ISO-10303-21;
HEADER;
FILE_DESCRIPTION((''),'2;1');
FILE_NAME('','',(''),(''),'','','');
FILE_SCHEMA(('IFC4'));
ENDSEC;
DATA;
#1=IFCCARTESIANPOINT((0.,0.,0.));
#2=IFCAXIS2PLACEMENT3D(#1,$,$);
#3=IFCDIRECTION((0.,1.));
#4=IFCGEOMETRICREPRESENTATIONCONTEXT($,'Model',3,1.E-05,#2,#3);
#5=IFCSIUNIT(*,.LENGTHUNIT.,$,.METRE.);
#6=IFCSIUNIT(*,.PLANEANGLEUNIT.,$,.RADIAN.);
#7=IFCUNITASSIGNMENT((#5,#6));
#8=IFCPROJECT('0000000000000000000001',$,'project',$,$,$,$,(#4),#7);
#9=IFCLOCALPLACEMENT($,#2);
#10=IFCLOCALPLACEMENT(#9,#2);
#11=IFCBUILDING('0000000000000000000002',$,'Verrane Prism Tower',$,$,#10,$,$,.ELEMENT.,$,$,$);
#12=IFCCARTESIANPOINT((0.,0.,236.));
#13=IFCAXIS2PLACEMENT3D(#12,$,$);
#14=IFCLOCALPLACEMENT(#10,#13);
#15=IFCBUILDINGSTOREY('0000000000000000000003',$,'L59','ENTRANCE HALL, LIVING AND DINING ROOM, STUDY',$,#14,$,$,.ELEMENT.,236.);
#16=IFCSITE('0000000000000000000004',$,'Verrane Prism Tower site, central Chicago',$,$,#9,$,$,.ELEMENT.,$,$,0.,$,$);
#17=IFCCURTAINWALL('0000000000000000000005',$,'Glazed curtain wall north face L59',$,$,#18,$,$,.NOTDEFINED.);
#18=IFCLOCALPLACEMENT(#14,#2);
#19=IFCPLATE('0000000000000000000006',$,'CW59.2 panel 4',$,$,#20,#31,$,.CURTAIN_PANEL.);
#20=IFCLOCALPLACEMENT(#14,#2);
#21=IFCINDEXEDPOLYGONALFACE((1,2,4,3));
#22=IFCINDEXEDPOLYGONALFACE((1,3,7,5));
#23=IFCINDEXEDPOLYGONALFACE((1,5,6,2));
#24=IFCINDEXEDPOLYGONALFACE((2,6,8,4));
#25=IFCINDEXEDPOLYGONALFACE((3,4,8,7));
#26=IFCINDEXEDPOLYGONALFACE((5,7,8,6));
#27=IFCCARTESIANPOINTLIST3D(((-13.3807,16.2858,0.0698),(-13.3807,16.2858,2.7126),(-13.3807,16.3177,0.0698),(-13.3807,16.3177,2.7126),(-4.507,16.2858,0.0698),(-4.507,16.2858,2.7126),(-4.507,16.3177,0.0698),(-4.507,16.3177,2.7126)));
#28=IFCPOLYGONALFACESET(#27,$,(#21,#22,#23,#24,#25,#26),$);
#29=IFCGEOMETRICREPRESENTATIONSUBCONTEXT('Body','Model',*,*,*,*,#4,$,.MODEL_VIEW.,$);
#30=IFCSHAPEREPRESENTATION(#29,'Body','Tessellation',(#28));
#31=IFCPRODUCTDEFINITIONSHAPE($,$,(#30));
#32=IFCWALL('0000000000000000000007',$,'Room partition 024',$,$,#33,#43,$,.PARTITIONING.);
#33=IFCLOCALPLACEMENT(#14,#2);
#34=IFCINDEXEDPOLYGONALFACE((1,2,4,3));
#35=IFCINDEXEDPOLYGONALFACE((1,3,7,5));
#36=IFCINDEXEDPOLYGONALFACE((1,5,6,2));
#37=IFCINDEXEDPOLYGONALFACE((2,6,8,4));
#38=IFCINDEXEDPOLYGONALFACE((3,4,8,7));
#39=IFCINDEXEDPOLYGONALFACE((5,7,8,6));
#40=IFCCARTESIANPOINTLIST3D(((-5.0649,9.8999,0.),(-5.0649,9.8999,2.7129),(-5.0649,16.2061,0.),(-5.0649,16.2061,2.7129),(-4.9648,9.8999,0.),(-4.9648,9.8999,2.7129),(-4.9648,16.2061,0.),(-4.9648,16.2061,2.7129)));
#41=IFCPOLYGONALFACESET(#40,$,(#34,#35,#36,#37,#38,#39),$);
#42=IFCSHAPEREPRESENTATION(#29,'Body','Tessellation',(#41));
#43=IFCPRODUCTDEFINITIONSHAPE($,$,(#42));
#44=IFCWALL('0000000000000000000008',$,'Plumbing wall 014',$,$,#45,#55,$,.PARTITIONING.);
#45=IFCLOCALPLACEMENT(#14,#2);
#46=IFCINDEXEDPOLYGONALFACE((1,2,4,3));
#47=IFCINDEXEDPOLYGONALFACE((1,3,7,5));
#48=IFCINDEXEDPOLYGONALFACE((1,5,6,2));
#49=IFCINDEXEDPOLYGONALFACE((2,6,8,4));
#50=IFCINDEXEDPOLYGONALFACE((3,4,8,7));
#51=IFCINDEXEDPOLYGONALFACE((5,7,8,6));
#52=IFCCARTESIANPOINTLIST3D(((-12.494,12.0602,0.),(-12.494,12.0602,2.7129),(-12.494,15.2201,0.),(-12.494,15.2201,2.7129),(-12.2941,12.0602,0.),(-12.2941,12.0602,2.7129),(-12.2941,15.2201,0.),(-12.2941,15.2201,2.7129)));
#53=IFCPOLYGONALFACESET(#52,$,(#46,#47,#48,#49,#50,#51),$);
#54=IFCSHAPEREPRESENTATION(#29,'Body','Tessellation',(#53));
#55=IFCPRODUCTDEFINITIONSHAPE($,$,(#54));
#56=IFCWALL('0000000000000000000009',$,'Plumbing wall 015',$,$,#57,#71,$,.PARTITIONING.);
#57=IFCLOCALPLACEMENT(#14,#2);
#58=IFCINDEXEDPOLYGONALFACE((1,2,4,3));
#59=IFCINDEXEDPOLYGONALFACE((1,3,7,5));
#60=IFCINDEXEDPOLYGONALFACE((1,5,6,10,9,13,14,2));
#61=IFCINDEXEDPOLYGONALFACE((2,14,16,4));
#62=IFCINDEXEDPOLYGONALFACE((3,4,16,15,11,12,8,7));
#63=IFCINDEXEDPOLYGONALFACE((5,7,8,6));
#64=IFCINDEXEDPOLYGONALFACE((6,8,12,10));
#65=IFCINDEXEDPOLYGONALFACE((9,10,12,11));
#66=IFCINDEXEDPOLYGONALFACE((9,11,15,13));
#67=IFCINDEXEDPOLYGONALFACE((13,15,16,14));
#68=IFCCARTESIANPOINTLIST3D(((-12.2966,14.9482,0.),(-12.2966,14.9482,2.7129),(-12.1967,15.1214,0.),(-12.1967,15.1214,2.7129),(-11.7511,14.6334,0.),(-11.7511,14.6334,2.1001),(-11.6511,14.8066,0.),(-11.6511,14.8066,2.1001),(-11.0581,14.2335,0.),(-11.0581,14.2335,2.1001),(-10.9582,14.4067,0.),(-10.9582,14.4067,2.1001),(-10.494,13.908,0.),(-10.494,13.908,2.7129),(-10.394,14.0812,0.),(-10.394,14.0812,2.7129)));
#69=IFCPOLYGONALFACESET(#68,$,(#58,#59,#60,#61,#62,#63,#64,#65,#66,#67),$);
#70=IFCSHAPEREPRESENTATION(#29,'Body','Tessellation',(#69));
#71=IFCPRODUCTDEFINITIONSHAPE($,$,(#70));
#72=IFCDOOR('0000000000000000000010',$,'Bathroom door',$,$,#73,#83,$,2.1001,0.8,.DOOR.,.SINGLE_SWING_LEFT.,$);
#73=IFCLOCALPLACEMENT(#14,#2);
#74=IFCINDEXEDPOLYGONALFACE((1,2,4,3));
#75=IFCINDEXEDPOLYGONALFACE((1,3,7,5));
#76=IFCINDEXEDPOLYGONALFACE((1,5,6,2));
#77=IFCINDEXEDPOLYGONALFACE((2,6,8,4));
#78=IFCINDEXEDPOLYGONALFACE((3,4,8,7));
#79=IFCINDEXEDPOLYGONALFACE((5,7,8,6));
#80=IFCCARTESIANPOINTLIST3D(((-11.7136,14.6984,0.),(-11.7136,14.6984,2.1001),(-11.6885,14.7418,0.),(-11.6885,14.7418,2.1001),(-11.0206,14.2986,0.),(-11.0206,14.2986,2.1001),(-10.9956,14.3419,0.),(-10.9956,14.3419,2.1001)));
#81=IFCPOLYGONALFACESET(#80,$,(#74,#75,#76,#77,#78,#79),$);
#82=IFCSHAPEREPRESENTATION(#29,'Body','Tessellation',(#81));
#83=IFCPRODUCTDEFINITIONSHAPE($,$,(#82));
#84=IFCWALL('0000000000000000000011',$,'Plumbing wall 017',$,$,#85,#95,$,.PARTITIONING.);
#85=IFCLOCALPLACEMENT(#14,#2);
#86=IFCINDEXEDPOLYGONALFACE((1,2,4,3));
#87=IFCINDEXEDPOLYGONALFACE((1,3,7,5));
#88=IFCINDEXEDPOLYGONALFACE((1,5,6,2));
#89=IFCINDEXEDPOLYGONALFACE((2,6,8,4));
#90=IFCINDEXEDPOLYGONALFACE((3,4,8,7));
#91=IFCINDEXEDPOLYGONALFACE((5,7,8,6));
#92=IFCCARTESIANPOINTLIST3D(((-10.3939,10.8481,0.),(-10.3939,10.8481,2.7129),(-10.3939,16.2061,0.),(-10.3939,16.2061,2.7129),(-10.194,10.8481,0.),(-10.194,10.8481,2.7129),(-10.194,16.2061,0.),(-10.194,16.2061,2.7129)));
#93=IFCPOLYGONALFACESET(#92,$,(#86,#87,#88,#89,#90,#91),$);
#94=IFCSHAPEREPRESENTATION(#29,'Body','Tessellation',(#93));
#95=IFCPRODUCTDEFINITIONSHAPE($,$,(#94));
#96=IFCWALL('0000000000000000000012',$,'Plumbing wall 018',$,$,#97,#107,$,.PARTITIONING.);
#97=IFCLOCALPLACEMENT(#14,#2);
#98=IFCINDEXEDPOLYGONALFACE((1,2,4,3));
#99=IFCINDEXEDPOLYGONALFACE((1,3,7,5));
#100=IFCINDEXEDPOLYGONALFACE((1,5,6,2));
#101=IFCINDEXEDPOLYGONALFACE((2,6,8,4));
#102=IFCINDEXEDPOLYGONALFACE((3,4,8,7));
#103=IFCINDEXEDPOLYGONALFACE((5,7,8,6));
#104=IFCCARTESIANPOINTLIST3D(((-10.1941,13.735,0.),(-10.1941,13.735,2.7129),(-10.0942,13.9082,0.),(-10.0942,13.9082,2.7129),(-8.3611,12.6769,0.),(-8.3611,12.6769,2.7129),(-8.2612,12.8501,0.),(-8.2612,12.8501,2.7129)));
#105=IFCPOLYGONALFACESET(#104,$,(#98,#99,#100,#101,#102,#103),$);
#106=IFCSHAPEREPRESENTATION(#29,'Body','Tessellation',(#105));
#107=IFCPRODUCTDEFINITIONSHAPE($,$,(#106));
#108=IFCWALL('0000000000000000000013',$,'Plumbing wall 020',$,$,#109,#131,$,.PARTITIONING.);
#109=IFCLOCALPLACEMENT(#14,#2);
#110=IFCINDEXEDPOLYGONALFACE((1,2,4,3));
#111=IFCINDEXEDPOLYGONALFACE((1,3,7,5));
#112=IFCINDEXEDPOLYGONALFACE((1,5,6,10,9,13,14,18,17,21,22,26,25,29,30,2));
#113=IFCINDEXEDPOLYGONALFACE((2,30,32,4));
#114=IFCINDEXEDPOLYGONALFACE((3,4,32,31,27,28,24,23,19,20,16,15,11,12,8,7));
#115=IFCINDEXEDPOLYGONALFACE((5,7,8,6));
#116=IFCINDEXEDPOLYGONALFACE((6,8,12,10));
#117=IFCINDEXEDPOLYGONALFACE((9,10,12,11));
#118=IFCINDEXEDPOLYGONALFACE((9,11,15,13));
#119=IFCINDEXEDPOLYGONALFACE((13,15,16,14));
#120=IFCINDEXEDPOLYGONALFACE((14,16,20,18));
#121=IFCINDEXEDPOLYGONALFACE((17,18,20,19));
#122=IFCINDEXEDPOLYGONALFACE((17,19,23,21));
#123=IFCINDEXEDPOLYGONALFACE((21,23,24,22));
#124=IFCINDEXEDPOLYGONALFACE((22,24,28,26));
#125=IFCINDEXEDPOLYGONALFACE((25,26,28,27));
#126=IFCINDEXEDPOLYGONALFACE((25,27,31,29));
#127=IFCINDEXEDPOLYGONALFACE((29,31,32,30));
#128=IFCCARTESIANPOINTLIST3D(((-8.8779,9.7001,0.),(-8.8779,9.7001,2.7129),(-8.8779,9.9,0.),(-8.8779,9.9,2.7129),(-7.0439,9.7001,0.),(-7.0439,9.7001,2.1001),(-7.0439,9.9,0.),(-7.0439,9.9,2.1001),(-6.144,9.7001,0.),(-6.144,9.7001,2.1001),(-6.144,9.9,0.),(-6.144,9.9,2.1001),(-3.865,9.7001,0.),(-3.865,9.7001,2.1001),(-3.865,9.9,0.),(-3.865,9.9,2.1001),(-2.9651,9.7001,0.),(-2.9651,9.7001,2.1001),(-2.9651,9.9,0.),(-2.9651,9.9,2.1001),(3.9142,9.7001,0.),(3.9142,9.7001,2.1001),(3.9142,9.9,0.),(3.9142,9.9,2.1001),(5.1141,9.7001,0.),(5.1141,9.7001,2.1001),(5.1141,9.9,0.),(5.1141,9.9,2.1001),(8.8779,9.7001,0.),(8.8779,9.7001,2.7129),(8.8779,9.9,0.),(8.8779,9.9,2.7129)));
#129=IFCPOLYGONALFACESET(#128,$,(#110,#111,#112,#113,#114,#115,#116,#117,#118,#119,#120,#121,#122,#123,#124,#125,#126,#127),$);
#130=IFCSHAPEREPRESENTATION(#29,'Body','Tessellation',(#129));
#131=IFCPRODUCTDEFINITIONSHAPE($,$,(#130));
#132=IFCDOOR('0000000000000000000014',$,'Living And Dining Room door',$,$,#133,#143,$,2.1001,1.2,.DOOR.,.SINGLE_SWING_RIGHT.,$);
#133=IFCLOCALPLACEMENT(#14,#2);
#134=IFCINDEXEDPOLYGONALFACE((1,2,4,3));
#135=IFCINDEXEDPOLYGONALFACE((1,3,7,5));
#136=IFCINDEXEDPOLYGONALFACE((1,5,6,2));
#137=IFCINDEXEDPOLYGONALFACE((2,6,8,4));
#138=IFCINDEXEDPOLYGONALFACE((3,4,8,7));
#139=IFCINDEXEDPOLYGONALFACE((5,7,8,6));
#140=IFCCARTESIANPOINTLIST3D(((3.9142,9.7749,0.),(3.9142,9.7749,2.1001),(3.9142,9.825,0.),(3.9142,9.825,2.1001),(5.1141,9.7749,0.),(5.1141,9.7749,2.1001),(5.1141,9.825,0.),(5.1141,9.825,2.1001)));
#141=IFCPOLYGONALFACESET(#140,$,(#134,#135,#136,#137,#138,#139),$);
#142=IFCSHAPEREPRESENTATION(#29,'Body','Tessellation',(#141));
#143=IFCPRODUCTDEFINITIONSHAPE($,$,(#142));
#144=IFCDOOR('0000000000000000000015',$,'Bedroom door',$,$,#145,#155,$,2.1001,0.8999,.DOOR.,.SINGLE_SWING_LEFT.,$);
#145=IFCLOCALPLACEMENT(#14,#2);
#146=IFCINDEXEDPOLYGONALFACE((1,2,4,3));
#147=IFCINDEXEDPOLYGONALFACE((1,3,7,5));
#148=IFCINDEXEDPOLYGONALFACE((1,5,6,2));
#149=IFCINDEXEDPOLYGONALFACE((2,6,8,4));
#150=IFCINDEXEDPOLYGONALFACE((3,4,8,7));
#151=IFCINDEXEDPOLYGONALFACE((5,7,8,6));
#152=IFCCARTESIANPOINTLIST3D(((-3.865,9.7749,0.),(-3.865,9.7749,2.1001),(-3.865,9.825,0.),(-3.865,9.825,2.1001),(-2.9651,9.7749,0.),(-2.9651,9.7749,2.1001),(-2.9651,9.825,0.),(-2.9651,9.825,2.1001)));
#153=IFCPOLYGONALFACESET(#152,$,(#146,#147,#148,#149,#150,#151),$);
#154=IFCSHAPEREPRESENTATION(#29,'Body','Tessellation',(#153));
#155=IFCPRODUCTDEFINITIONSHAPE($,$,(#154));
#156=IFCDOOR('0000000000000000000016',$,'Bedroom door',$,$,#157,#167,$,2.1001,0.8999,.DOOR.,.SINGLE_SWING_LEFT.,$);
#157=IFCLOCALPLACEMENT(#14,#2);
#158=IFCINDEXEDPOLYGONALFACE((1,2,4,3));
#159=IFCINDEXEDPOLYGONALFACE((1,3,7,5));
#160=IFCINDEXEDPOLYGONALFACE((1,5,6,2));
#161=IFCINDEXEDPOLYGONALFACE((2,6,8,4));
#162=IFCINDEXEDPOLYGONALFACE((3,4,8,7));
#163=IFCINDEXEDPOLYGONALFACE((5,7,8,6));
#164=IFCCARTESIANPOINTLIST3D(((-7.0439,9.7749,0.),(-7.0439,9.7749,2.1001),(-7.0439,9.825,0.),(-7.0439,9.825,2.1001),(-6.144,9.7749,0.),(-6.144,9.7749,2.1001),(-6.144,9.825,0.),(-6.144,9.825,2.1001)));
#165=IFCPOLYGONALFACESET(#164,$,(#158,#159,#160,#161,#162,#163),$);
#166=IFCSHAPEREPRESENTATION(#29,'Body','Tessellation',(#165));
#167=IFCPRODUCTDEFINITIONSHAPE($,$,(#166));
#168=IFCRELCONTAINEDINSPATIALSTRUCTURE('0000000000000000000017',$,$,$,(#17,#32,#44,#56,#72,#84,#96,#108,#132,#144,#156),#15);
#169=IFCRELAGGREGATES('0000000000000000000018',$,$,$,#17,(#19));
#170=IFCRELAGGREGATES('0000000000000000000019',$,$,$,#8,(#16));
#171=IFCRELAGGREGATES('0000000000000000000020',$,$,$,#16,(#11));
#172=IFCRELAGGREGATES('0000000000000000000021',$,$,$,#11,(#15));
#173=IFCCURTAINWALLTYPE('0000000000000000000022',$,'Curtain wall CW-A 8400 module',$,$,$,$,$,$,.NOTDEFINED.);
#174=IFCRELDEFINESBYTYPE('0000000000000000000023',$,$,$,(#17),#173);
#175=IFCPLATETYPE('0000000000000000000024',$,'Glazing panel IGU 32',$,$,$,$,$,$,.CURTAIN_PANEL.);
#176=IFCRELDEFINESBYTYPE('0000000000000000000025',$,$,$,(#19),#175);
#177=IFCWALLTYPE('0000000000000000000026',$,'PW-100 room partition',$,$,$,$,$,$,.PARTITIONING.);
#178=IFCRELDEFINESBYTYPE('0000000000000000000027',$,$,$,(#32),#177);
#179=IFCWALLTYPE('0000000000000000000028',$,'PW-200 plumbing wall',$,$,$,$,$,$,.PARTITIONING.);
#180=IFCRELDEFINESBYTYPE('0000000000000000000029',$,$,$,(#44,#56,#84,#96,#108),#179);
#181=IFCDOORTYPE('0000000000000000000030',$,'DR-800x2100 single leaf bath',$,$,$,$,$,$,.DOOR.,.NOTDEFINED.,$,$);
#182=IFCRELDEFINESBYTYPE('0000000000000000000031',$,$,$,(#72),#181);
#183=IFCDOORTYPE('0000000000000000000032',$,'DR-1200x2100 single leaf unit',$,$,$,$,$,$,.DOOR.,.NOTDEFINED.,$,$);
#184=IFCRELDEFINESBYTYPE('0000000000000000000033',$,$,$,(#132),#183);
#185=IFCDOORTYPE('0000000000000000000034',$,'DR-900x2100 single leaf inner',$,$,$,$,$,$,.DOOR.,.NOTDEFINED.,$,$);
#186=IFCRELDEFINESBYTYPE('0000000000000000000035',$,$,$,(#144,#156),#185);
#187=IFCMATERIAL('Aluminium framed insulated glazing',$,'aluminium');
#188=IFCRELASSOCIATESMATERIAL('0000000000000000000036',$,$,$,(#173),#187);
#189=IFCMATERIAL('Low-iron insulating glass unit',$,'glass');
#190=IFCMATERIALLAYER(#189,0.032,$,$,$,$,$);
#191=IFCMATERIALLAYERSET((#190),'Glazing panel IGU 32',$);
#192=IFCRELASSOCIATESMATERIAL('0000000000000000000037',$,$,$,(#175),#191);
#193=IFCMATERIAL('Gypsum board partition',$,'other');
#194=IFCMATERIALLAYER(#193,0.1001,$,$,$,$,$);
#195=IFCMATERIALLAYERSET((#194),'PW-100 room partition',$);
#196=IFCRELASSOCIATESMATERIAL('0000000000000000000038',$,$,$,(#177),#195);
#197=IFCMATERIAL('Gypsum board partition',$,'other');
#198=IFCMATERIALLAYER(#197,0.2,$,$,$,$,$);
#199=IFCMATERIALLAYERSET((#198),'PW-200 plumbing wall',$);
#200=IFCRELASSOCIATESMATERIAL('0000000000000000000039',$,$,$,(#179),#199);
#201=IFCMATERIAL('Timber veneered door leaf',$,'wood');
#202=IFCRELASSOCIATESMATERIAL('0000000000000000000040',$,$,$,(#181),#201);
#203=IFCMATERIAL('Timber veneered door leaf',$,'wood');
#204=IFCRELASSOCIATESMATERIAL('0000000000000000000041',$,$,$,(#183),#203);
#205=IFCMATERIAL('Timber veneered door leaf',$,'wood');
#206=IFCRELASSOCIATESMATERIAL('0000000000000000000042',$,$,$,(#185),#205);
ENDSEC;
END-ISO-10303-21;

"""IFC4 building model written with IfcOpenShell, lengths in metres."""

from ifc_helpers import new_model, si_unit, direction, frame, frame_2d, origin, origin_2d, place, context, subcontext, project, spatial, rectangle, extrude, material, layer, layer_set, type_object, element, fill, aggregate, save


model = new_model("IFC4")

# Units and contexts
model_context = context("Model", 3, precision=1e-05, world=origin(), true_north=direction((0.0, 1.0)))
body_context = subcontext(model_context, "Body", "Model", "MODEL_VIEW")
ifc_project = project(units=[si_unit("LENGTHUNIT", "METRE"), si_unit("PLANEANGLEUNIT", "RADIAN")], contexts=[model_context])

# Site, building, storey
site_placement = place(None, origin())
site = spatial("IfcSite", under=ifc_project, at=site_placement, Name="Verrane Prism Tower site, central Chicago", CompositionType="ELEMENT", RefElevation=0.0)
building_placement = place(site_placement, origin())
building = spatial("IfcBuilding", under=site, at=building_placement, Name="Verrane Prism Tower", CompositionType="ELEMENT")
storey_placement = place(building_placement, frame((0.0, 0.0, 236.0)))
storey = spatial("IfcBuildingStorey", under=building, at=storey_placement, Name="L59", Description="ENTRANCE HALL, LIVING AND DINING ROOM, STUDY", CompositionType="ELEMENT", Elevation=236.0)

# Curtain wall
ifc_material_1 = material(Name="Aluminium framed insulated glazing", Category="aluminium")
curtain_wall_type = type_object("IfcCurtainWallType", Name="Curtain wall CW-A 8400 module", PredefinedType="NOTDEFINED", material=ifc_material_1)
curtain_wall_placement = place(storey_placement, origin())
curtain_wall = element("IfcCurtainWall", 1, at=curtain_wall_placement, inside=storey, type_object=curtain_wall_type, Name="Glazed curtain wall north face L59", PredefinedType="NOTDEFINED")

# Plate
ifc_material_2 = material(Name="Low-iron insulating glass unit", Category="glass")
ifc_layer_1 = layer(ifc_material_2, 0.032)
ifc_layer_set_1 = layer_set([ifc_layer_1], Name="Glazing panel IGU 32")
plate_type = type_object("IfcPlateType", Name="Glazing panel IGU 32", PredefinedType="CURTAIN_PANEL", material=ifc_layer_set_1)
plate_1_placement = place(storey_placement, frame((-8.9438, 16.3018, 0.0698), z_axis=(0.0, 0.0, 1.0), x_axis=(-1.0, 0.0, 0.0)))
plate_1 = element("IfcPlate", 2, at=plate_1_placement, type_object=plate_type, Name="CW59.2 panel 4", PredefinedType="CURTAIN_PANEL", context=body_context, shape_type="SweptSolid", body=[
    extrude(rectangle(XDim=8.8738, YDim=0.032, at=origin_2d()), origin(), (0.0, 0.0, 1.0), 2.6428),
])
aggregate(curtain_wall, [plate_1])

# Walls
ifc_material_3 = material(Name="Gypsum board partition", Category="other")
ifc_layer_2 = layer(ifc_material_3, 0.1001)
ifc_layer_set_2 = layer_set([ifc_layer_2], Name="PW-100 room partition")
wall_type_1 = type_object("IfcWallType", Name="PW-100 room partition", PredefinedType="PARTITIONING", material=ifc_layer_set_2)
wall_1_placement = place(storey_placement, frame((-5.0149, 9.8999, 0.0), z_axis=(0.0, 0.0, 1.0), x_axis=(0.0, 1.0, 0.0)))
element("IfcWall", 3, at=wall_1_placement, inside=storey, type_object=wall_type_1, Name="Room partition 024", PredefinedType="PARTITIONING", context=body_context, shape_type="SweptSolid", body=[
    extrude(rectangle(XDim=6.3062, YDim=0.1001, at=frame_2d((3.1531, 0.0))), origin(), (0.0, 0.0, 1.0), 2.7129),
])
ifc_material_4 = material(Name="Gypsum board partition", Category="other")
ifc_layer_3 = layer(ifc_material_4, 0.2)
ifc_layer_set_3 = layer_set([ifc_layer_3], Name="PW-200 plumbing wall")
wall_type_2 = type_object("IfcWallType", Name="PW-200 plumbing wall", PredefinedType="PARTITIONING", material=ifc_layer_set_3)
wall_2_placement = place(storey_placement, frame((-12.394, 12.0601, 0.0), z_axis=(0.0, 0.0, 1.0), x_axis=(0.0, 1.0, 0.0)))
element("IfcWall", 4, at=wall_2_placement, inside=storey, type_object=wall_type_2, Name="Plumbing wall 014", PredefinedType="PARTITIONING", context=body_context, shape_type="SweptSolid", body=[
    extrude(rectangle(XDim=3.1599, YDim=0.2, at=frame_2d((1.5801, 0.0))), origin(), (0.0, 0.0, 1.0), 2.7129),
])

# Wall, opening, door
wall_3_placement = place(storey_placement, frame((-10.4441, 13.9946, 0.0), z_axis=(0.0, 0.0, 1.0), x_axis=(-0.866135, 0.49981, 0.0)))
wall_3 = element("IfcWall", 5, at=wall_3_placement, inside=storey, type_object=wall_type_2, Name="Plumbing wall 015", PredefinedType="PARTITIONING", context=body_context, shape_type="SweptSolid", body=[
    extrude(rectangle(XDim=2.0813, YDim=0.2, at=frame_2d((1.0405, 0.0))), origin(), (0.0, 0.0, 1.0), 2.7129),
])
opening_1_placement = place(wall_3_placement, frame((0.6514, 0.0, 0.0)))
opening_1 = element("IfcOpeningElement", 6, at=opening_1_placement, cuts=wall_3, PredefinedType="OPENING", context=body_context, shape_type="SweptSolid", body=[
    extrude(rectangle(XDim=0.8, YDim=2.1001, at=frame_2d((0.3999, 1.05))), frame((0.0, 0.1099, 0.0), z_axis=(0.0, -1.0, 0.0), x_axis=(1.0, 0.0, 0.0)), (0.0, 0.0, 1.0), 0.22),
])
ifc_material_5 = material(Name="Timber veneered door leaf", Category="wood")
door_type_1 = type_object("IfcDoorType", Name="DR-800x2100 single leaf bath", OperationType="NOTDEFINED", PredefinedType="DOOR", material=ifc_material_5)
door_1_placement = place(opening_1_placement, origin())
door_1 = element("IfcDoor", 7, at=door_1_placement, inside=storey, type_object=door_type_1, Name="Bathroom door", OperationType="SINGLE_SWING_LEFT", OverallHeight=2.1001, OverallWidth=0.8, PredefinedType="DOOR", context=body_context, shape_type="SweptSolid", body=[
    extrude(rectangle(XDim=0.8, YDim=2.1001, at=frame_2d((0.3999, 1.05))), frame((0.0, 0.0249, 0.0), z_axis=(0.0, -1.0, 0.0), x_axis=(1.0, 0.0, 0.0)), (0.0, 0.0, 1.0), 0.05),
])
fill(opening_1, door_1)

# Walls
wall_4_placement = place(storey_placement, frame((-10.2939, 10.8481, 0.0), z_axis=(0.0, 0.0, 1.0), x_axis=(0.0, 1.0, 0.0)))
element("IfcWall", 8, at=wall_4_placement, inside=storey, type_object=wall_type_2, Name="Plumbing wall 017", PredefinedType="PARTITIONING", context=body_context, shape_type="SweptSolid", body=[
    extrude(rectangle(XDim=5.3579, YDim=0.2, at=frame_2d((2.679, 0.0))), origin(), (0.0, 0.0, 1.0), 2.7129),
])
wall_5_placement = place(storey_placement, frame((-10.144, 13.8215, 0.0), z_axis=(0.0, 0.0, 1.0), x_axis=(0.866063, -0.499935, 0.0)))
element("IfcWall", 9, at=wall_5_placement, inside=storey, type_object=wall_type_2, Name="Plumbing wall 018", PredefinedType="PARTITIONING", context=body_context, shape_type="SweptSolid", body=[
    extrude(rectangle(XDim=2.1165, YDim=0.2, at=frame_2d((1.0581, 0.0))), origin(), (0.0, 0.0, 1.0), 2.7129),
])

# Wall, openings, doors
wall_6_placement = place(storey_placement, frame((-8.8779, 9.8, 0.0), z_axis=(0.0, 0.0, 1.0), x_axis=(1.0, 0.0, 0.0)))
wall_6 = element("IfcWall", 10, at=wall_6_placement, inside=storey, type_object=wall_type_2, Name="Plumbing wall 020", PredefinedType="PARTITIONING", context=body_context, shape_type="SweptSolid", body=[
    extrude(rectangle(XDim=17.7559, YDim=0.2, at=frame_2d((8.8779, 0.0))), origin(), (0.0, 0.0, 1.0), 2.7129),
])
opening_2_placement = place(wall_6_placement, frame((12.792, 0.0, 0.0)))
opening_2 = element("IfcOpeningElement", 11, at=opening_2_placement, cuts=wall_6, PredefinedType="OPENING", context=body_context, shape_type="SweptSolid", body=[
    extrude(rectangle(XDim=1.2, YDim=2.1001, at=frame_2d((0.6001, 1.05))), frame((0.0, 0.1099, 0.0), z_axis=(0.0, -1.0, 0.0), x_axis=(1.0, 0.0, 0.0)), (0.0, 0.0, 1.0), 0.22),
])
opening_3_placement = place(wall_6_placement, frame((5.0129, 0.0, 0.0)))
opening_3 = element("IfcOpeningElement", 12, at=opening_3_placement, cuts=wall_6, PredefinedType="OPENING", context=body_context, shape_type="SweptSolid", body=[
    extrude(rectangle(XDim=0.8999, YDim=2.1001, at=frame_2d((0.45, 1.05))), frame((0.0, 0.1099, 0.0), z_axis=(0.0, -1.0, 0.0), x_axis=(1.0, 0.0, 0.0)), (0.0, 0.0, 1.0), 0.22),
])
opening_4_placement = place(wall_6_placement, frame((1.834, 0.0, 0.0)))
opening_4 = element("IfcOpeningElement", 13, at=opening_4_placement, cuts=wall_6, PredefinedType="OPENING", context=body_context, shape_type="SweptSolid", body=[
    extrude(rectangle(XDim=0.8999, YDim=2.1001, at=frame_2d((0.45, 1.05))), frame((0.0, 0.1099, 0.0), z_axis=(0.0, -1.0, 0.0), x_axis=(1.0, 0.0, 0.0)), (0.0, 0.0, 1.0), 0.22),
])
ifc_material_6 = material(Name="Timber veneered door leaf", Category="wood")
door_type_2 = type_object("IfcDoorType", Name="DR-1200x2100 single leaf unit", OperationType="NOTDEFINED", PredefinedType="DOOR", material=ifc_material_6)
door_2_placement = place(opening_2_placement, origin())
door_2 = element("IfcDoor", 14, at=door_2_placement, inside=storey, type_object=door_type_2, Name="Living And Dining Room door", OperationType="SINGLE_SWING_RIGHT", OverallHeight=2.1001, OverallWidth=1.2, PredefinedType="DOOR", context=body_context, shape_type="SweptSolid", body=[
    extrude(rectangle(XDim=1.2, YDim=2.1001, at=frame_2d((0.6001, 1.05))), frame((0.0, 0.0249, 0.0), z_axis=(0.0, -1.0, 0.0), x_axis=(1.0, 0.0, 0.0)), (0.0, 0.0, 1.0), 0.05),
])
fill(opening_2, door_2)
ifc_material_7 = material(Name="Timber veneered door leaf", Category="wood")
door_type_3 = type_object("IfcDoorType", Name="DR-900x2100 single leaf inner", OperationType="NOTDEFINED", PredefinedType="DOOR", material=ifc_material_7)
door_3_placement = place(opening_3_placement, origin())
door_3 = element("IfcDoor", 15, at=door_3_placement, inside=storey, type_object=door_type_3, Name="Bedroom door", OperationType="SINGLE_SWING_LEFT", OverallHeight=2.1001, OverallWidth=0.8999, PredefinedType="DOOR", context=body_context, shape_type="SweptSolid", body=[
    extrude(rectangle(XDim=0.8999, YDim=2.1001, at=frame_2d((0.45, 1.05))), frame((0.0, 0.0249, 0.0), z_axis=(0.0, -1.0, 0.0), x_axis=(1.0, 0.0, 0.0)), (0.0, 0.0, 1.0), 0.05),
])
fill(opening_3, door_3)
door_4_placement = place(opening_4_placement, origin())
door_4 = element("IfcDoor", 16, at=door_4_placement, inside=storey, type_object=door_type_3, Name="Bedroom door", OperationType="SINGLE_SWING_LEFT", OverallHeight=2.1001, OverallWidth=0.8999, PredefinedType="DOOR", context=body_context, shape_type="SweptSolid", body=[
    extrude(rectangle(XDim=0.8999, YDim=2.1001, at=frame_2d((0.45, 1.05))), frame((0.0, 0.0249, 0.0), z_axis=(0.0, -1.0, 0.0), x_axis=(1.0, 0.0, 0.0)), (0.0, 0.0, 1.0), 0.05),
])
fill(opening_4, door_4)

save(model, "model.ifc")
